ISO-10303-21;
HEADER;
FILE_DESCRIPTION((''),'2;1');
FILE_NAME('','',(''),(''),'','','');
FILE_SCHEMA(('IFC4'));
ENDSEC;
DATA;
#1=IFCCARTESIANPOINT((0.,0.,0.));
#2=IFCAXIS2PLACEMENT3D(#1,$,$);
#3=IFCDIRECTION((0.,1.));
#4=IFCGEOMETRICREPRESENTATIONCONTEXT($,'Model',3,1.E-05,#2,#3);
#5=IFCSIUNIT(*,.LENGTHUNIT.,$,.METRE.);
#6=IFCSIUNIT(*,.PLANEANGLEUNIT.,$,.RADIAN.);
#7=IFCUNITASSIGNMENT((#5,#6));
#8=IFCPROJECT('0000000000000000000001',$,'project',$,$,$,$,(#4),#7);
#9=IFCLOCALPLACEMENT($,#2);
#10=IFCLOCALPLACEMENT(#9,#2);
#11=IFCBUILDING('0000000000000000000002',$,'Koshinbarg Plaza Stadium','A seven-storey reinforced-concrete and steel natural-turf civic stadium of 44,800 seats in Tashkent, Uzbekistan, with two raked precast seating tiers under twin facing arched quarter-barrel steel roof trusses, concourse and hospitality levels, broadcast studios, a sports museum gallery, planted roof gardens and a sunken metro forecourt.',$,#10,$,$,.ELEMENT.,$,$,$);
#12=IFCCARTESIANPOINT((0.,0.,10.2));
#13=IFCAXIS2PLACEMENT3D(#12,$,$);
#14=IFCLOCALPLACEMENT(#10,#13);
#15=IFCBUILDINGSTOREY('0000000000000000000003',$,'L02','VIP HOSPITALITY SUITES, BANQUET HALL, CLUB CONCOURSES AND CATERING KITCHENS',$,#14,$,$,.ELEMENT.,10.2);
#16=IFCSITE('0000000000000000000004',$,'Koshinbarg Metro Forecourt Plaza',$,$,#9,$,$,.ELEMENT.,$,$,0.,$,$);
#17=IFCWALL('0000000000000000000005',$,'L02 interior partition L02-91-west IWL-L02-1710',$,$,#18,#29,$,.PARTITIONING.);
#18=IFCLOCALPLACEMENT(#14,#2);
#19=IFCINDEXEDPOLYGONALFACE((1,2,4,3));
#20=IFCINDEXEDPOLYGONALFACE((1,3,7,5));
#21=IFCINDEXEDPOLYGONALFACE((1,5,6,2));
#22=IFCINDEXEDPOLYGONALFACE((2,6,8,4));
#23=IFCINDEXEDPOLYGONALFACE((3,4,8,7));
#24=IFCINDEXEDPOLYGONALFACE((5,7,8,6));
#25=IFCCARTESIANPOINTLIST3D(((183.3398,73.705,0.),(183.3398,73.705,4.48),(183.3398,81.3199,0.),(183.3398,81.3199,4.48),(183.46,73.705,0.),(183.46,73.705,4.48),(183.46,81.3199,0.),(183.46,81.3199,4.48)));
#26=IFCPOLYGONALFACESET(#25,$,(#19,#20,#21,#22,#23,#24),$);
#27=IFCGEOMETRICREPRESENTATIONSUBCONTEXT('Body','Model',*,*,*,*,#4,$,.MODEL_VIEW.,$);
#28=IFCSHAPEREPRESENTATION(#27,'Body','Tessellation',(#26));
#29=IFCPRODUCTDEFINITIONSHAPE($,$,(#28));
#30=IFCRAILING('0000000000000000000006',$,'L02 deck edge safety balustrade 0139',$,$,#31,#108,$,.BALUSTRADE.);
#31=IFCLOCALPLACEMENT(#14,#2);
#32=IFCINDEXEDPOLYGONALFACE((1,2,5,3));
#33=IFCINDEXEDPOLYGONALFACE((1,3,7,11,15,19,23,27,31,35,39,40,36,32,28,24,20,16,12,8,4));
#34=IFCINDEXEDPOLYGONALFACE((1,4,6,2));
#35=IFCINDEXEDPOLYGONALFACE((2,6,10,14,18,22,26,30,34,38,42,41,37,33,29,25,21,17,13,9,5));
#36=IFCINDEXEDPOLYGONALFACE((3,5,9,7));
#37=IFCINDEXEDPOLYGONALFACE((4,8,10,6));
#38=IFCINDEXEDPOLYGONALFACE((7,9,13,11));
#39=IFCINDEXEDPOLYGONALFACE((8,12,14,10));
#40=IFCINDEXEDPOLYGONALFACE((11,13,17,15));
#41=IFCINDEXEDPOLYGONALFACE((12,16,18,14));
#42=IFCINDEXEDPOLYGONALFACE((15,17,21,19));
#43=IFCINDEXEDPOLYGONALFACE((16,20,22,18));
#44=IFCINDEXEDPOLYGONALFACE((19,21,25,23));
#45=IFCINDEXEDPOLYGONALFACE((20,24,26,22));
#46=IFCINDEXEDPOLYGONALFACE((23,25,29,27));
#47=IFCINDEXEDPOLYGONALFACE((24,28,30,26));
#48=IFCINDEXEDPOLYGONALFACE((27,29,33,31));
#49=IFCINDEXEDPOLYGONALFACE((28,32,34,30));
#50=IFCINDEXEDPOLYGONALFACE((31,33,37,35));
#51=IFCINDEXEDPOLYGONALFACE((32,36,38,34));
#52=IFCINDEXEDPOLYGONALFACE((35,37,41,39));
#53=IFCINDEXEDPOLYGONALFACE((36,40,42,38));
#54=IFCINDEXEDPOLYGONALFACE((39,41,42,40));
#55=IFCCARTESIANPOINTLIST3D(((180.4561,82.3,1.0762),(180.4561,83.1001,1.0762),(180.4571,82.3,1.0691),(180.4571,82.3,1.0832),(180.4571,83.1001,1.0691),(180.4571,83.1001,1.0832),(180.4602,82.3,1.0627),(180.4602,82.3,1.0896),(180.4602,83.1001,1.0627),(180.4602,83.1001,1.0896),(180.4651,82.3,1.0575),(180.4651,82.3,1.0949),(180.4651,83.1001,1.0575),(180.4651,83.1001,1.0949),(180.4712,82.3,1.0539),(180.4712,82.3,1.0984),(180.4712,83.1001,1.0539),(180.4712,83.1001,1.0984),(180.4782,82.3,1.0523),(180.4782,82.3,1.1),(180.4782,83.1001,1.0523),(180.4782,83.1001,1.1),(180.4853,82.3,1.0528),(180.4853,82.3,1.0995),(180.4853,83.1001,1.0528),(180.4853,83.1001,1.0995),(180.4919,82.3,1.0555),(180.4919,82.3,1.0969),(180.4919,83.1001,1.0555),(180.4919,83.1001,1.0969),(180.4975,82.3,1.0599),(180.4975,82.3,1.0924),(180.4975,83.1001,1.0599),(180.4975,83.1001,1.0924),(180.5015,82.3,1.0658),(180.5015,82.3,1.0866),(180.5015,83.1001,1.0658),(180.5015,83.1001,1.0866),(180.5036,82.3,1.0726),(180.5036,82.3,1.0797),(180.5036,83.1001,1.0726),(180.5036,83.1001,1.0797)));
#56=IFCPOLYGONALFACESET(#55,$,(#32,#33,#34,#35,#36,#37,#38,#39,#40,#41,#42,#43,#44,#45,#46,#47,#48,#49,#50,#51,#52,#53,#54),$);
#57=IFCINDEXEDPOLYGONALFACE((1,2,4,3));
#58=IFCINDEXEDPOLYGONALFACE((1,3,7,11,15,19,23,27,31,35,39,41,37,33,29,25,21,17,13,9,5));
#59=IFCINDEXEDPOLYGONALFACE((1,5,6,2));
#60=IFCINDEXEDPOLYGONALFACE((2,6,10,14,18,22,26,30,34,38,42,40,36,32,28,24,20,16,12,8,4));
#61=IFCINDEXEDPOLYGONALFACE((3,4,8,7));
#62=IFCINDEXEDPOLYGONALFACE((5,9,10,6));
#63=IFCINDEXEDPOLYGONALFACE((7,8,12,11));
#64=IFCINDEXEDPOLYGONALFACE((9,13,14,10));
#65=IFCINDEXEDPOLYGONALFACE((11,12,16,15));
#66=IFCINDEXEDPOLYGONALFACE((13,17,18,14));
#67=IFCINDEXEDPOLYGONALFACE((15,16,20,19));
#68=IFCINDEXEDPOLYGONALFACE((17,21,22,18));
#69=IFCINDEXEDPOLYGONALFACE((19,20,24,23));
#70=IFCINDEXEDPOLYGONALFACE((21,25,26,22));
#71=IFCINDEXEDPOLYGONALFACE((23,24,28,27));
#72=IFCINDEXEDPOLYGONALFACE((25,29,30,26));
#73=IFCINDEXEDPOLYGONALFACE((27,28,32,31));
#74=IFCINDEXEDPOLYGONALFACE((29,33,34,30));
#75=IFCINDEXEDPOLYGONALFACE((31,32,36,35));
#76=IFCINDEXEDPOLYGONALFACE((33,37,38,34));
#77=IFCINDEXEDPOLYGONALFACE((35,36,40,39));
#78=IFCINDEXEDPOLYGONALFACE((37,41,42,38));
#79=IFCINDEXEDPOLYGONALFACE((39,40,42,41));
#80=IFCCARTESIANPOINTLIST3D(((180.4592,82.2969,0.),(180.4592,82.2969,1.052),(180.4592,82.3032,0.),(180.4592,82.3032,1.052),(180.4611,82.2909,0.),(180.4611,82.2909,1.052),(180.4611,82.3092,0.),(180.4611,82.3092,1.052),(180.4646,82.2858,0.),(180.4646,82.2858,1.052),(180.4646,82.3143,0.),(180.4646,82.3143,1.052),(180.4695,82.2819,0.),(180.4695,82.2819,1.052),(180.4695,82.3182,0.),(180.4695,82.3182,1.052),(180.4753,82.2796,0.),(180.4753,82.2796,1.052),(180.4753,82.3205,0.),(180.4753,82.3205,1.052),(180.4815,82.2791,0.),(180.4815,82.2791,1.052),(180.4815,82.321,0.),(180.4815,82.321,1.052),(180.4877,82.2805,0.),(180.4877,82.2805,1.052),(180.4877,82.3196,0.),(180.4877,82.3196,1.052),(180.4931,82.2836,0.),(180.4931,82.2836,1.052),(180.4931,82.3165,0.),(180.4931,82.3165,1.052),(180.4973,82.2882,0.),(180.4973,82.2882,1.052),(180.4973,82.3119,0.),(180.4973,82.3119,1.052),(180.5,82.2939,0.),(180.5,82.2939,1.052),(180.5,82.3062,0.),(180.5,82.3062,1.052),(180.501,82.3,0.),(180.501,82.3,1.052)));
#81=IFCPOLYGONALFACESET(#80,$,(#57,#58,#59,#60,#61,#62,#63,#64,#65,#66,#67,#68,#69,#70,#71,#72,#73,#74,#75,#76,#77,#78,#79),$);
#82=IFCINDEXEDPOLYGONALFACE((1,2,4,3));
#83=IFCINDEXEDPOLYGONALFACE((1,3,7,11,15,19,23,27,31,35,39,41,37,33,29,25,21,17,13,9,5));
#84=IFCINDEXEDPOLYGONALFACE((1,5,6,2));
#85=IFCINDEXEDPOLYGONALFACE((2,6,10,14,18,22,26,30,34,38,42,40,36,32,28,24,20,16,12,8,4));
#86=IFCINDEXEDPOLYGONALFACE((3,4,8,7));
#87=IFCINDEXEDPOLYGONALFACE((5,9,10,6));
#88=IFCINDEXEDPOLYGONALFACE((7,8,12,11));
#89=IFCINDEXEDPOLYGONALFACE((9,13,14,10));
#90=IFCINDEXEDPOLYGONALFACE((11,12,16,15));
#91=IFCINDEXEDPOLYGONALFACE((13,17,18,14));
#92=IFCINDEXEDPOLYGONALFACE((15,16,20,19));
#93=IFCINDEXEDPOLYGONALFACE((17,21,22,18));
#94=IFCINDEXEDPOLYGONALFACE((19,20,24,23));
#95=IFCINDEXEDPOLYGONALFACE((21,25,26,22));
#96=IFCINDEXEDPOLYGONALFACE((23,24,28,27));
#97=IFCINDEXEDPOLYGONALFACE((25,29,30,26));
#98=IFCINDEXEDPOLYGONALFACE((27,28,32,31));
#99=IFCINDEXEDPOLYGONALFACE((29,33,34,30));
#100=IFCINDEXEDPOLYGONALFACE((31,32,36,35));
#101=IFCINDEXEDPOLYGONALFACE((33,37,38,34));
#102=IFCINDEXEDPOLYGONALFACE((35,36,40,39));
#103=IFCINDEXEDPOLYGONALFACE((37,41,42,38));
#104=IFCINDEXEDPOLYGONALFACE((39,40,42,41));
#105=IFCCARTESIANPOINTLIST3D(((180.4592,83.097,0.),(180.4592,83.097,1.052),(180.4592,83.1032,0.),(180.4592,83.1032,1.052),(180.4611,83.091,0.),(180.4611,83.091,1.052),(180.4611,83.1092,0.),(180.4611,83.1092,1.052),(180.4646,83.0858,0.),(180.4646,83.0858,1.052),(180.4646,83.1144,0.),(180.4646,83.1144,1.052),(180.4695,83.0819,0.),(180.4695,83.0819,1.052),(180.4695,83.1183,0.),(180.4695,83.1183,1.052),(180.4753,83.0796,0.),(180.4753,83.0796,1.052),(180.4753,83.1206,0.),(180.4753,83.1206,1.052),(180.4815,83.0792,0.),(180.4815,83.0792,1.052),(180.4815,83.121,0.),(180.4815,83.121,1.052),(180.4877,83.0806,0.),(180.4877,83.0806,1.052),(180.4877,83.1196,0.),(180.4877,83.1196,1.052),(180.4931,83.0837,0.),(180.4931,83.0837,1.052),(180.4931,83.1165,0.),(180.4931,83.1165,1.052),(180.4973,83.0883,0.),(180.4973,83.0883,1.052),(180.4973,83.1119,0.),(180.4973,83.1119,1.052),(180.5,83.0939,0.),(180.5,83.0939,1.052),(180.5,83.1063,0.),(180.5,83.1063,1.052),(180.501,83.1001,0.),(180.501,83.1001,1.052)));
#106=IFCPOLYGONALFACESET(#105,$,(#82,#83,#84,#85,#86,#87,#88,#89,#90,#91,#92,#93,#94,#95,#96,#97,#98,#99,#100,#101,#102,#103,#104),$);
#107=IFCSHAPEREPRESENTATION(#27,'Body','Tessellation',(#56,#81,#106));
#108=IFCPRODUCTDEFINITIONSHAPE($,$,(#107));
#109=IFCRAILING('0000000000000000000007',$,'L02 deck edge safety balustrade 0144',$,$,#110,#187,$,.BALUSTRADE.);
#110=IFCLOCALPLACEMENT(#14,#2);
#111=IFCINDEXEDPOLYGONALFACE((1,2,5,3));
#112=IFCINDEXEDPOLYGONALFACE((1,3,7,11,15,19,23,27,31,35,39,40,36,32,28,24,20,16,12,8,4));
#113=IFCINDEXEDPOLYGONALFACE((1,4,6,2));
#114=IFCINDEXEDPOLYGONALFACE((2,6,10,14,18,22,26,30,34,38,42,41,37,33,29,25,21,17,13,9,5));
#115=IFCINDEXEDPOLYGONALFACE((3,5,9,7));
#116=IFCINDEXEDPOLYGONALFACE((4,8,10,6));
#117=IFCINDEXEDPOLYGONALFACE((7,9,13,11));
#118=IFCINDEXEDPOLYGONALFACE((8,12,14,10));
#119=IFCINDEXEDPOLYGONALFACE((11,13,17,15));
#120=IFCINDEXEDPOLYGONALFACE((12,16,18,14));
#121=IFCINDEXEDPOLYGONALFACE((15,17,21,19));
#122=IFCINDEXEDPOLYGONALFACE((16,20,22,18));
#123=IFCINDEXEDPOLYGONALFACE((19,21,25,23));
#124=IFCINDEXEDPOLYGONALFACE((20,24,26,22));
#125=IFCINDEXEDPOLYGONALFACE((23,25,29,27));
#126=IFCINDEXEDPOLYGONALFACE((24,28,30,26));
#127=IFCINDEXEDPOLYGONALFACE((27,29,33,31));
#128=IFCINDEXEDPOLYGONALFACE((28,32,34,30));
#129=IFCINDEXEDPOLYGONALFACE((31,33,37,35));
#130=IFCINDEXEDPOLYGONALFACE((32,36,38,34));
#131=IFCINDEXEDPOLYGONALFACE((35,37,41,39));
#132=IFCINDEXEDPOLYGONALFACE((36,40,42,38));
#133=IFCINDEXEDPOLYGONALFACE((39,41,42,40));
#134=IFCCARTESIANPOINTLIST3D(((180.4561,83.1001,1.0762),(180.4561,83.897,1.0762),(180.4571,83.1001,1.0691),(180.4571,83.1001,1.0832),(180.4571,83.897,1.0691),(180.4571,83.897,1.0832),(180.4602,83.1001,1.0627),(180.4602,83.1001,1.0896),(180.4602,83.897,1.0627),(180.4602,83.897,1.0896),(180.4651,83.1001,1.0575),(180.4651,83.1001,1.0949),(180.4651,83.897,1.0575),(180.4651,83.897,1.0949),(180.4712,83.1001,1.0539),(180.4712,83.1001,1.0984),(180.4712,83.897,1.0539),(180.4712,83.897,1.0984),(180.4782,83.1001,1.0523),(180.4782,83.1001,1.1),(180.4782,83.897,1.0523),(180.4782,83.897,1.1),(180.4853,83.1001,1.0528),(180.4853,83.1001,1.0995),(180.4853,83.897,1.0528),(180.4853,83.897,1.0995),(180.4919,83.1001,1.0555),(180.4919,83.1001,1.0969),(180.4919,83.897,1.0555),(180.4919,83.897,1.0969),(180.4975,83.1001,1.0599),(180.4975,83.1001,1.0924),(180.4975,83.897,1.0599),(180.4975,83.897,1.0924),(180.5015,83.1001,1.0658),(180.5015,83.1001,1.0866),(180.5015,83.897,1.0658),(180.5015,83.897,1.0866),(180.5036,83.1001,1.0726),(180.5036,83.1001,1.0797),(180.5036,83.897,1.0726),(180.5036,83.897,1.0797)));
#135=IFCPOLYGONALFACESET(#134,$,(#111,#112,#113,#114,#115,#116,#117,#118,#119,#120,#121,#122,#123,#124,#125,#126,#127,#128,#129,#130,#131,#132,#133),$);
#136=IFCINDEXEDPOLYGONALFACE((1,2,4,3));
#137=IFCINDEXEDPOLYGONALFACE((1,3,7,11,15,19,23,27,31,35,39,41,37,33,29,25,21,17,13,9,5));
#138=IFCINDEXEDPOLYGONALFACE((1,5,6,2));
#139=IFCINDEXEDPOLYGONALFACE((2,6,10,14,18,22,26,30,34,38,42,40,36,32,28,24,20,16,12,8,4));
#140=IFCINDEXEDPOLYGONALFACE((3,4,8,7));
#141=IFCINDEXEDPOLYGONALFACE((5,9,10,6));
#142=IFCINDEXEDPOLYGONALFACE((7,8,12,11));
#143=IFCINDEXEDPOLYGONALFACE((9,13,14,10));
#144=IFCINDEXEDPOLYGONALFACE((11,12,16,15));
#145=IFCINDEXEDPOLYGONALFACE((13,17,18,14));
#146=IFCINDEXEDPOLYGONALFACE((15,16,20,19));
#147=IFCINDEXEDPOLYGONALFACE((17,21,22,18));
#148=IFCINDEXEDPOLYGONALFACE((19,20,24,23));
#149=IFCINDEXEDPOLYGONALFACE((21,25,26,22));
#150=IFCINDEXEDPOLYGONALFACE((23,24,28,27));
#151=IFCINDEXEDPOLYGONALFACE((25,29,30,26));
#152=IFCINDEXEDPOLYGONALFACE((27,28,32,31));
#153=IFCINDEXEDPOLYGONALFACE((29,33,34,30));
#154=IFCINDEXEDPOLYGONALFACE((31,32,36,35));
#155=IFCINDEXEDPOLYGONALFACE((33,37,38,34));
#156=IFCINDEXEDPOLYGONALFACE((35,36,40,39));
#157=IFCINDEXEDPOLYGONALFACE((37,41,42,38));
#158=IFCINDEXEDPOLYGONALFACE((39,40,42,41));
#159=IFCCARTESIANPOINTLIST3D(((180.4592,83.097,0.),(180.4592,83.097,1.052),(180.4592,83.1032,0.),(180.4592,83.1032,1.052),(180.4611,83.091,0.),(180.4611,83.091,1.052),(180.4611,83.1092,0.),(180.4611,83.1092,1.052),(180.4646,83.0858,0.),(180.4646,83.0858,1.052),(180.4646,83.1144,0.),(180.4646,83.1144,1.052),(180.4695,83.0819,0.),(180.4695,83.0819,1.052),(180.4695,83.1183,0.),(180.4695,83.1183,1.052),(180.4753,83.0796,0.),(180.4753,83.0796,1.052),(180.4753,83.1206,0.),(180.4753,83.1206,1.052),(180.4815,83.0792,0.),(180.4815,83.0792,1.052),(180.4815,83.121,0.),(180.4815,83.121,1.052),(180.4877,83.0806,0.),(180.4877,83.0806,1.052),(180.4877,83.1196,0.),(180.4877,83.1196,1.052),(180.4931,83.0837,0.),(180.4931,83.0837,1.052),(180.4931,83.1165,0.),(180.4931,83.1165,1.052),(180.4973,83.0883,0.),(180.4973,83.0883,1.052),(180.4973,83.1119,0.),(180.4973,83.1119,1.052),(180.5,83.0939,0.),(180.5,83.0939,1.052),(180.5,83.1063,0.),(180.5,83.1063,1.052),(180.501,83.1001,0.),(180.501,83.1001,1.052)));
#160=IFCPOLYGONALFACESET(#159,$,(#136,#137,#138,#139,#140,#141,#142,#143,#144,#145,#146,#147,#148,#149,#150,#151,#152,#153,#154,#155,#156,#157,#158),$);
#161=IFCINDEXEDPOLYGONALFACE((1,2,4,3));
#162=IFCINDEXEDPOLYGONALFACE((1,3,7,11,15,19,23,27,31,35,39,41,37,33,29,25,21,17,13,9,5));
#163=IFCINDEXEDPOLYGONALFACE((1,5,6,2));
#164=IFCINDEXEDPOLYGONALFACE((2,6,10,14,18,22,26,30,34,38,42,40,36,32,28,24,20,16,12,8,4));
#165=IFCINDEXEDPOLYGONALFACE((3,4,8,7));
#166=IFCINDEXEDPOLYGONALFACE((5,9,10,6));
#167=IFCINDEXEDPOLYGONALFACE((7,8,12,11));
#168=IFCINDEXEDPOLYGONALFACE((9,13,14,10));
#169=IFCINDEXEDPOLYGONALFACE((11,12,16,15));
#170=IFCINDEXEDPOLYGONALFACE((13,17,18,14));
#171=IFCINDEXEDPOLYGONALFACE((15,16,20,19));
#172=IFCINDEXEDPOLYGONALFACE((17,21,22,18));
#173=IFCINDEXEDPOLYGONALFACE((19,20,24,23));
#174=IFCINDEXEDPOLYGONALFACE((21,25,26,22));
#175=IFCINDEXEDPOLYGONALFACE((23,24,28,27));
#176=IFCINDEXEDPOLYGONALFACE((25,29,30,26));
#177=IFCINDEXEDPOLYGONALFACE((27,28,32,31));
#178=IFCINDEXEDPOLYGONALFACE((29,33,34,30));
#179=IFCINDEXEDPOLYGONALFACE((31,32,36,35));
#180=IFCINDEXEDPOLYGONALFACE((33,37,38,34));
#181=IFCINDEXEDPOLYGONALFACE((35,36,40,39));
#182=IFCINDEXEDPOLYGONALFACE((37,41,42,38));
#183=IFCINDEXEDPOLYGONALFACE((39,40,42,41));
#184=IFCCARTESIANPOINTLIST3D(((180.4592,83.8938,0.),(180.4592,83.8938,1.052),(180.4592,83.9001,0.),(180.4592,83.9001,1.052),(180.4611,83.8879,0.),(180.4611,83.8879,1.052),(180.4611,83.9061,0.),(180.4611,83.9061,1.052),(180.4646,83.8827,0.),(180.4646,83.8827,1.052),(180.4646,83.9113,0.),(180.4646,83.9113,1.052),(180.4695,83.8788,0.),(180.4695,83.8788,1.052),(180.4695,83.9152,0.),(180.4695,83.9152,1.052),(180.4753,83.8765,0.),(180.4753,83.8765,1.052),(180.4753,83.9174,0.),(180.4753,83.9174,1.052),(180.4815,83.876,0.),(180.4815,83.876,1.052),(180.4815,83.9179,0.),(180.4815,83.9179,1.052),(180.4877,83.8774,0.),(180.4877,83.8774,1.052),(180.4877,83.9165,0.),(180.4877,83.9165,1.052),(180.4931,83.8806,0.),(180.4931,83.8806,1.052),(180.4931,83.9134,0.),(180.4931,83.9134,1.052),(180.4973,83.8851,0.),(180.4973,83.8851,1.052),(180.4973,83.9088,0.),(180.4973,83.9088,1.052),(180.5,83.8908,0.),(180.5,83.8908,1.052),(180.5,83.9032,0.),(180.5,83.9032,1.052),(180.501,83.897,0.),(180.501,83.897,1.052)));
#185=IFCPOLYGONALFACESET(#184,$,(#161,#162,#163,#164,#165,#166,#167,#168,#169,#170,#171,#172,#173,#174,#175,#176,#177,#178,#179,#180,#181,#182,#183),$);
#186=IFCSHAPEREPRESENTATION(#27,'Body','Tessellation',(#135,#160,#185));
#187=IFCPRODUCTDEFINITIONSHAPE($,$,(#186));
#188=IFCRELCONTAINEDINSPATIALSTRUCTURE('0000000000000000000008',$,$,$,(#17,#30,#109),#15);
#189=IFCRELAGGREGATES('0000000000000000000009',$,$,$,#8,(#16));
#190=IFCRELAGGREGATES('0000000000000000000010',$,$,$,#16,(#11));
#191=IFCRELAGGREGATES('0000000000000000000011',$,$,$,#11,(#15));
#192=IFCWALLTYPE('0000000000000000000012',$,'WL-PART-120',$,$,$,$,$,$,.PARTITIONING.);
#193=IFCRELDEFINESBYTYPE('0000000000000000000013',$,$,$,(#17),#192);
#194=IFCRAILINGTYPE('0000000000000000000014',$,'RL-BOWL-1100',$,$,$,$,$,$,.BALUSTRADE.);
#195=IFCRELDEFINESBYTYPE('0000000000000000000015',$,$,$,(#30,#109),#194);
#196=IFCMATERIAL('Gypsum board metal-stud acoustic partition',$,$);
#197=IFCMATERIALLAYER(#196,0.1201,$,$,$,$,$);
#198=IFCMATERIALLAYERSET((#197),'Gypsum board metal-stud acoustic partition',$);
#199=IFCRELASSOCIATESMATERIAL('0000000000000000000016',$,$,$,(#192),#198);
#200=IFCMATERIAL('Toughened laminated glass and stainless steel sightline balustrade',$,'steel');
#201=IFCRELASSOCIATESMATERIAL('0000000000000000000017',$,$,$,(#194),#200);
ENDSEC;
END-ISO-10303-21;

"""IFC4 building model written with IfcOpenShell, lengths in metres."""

from ifc_helpers import new_model, si_unit, direction, frame, frame_2d, origin, origin_2d, place, context, subcontext, project, spatial, rectangle, circle, extrude, material, layer, layer_set, type_object, element, save


model = new_model("IFC4")

# Units and contexts
model_context = context("Model", 3, precision=1e-05, world=origin(), true_north=direction((0.0, 1.0)))
body_context = subcontext(model_context, "Body", "Model", "MODEL_VIEW")
ifc_project = project(units=[si_unit("LENGTHUNIT", "METRE"), si_unit("PLANEANGLEUNIT", "RADIAN")], contexts=[model_context])

# Site, building, storey
site_placement = place(None, origin())
site = spatial("IfcSite", under=ifc_project, at=site_placement, Name="Koshinbarg Metro Forecourt Plaza", CompositionType="ELEMENT", RefElevation=0.0)
building_placement = place(site_placement, origin())
building = spatial("IfcBuilding", under=site, at=building_placement, Name="Koshinbarg Plaza Stadium", Description="A seven-storey reinforced-concrete and steel natural-turf civic stadium of 44,800 seats in Tashkent, Uzbekistan, with two raked precast seating tiers under twin facing arched quarter-barrel steel roof trusses, concourse and hospitality levels, broadcast studios, a sports museum gallery, planted roof gardens and a sunken metro forecourt.", CompositionType="ELEMENT")
storey_placement = place(building_placement, frame((0.0, 0.0, 10.2)))
storey = spatial("IfcBuildingStorey", under=building, at=storey_placement, Name="L02", Description="VIP HOSPITALITY SUITES, BANQUET HALL, CLUB CONCOURSES AND CATERING KITCHENS", CompositionType="ELEMENT", Elevation=10.2)

# Wall
ifc_material_1 = material(Name="Gypsum board metal-stud acoustic partition")
ifc_layer_1 = layer(ifc_material_1, 0.1201)
ifc_layer_set_1 = layer_set([ifc_layer_1], Name="Gypsum board metal-stud acoustic partition")
wall_type = type_object("IfcWallType", Name="WL-PART-120", PredefinedType="PARTITIONING", material=ifc_layer_set_1)
wall_placement = place(storey_placement, frame((183.3999, 81.3201, 0.0), z_axis=(0.0, 0.0, 1.0), x_axis=(0.0, -1.0, 0.0)))
element("IfcWall", 1, at=wall_placement, inside=storey, type_object=wall_type, Name="L02 interior partition L02-91-west IWL-L02-1710", PredefinedType="PARTITIONING", context=body_context, shape_type="SweptSolid", body=[
    extrude(rectangle(XDim=7.615, YDim=0.1201, at=frame_2d((3.8076, 0.0))), origin(), (0.0, 0.0, 1.0), 4.48),
])

# Railings
ifc_material_2 = material(Name="Toughened laminated glass and stainless steel sightline balustrade", Category="steel")
railing_type = type_object("IfcRailingType", Name="RL-BOWL-1100", PredefinedType="BALUSTRADE", material=ifc_material_2)
railing_1_placement = place(storey_placement, frame((180.48, 82.3, 0.0)))
element("IfcRailing", 2, at=railing_1_placement, inside=storey, type_object=railing_type, Name="L02 deck edge safety balustrade 0139", PredefinedType="BALUSTRADE", context=body_context, shape_type="SweptSolid", body=[
    extrude(circle(Radius=0.0239, at=origin_2d()), frame((0.0, 0.0, 1.0762), z_axis=(0.0, 1.0, 0.0), x_axis=(-1.0, 0.0, 0.0)), (0.0, 0.0, 1.0), 0.8),
    extrude(circle(Radius=0.021, at=origin_2d()), origin(), (0.0, 0.0, 1.0), 1.052),
    extrude(circle(Radius=0.021, at=origin_2d()), frame((0.0, 0.8, 0.0)), (0.0, 0.0, 1.0), 1.052),
])
railing_2_placement = place(storey_placement, frame((180.48, 83.1001, 0.0)))
element("IfcRailing", 3, at=railing_2_placement, inside=storey, type_object=railing_type, Name="L02 deck edge safety balustrade 0144", PredefinedType="BALUSTRADE", context=body_context, shape_type="SweptSolid", body=[
    extrude(circle(Radius=0.0239, at=origin_2d()), frame((0.0, 0.0, 1.0762), z_axis=(0.0, 1.0, 0.0), x_axis=(-1.0, 0.0, 0.0)), (0.0, 0.0, 1.0), 0.7969),
    extrude(circle(Radius=0.021, at=origin_2d()), origin(), (0.0, 0.0, 1.0), 1.052),
    extrude(circle(Radius=0.021, at=origin_2d()), frame((0.0, 0.7969, 0.0)), (0.0, 0.0, 1.0), 1.052),
])

save(model, "model.ifc")
